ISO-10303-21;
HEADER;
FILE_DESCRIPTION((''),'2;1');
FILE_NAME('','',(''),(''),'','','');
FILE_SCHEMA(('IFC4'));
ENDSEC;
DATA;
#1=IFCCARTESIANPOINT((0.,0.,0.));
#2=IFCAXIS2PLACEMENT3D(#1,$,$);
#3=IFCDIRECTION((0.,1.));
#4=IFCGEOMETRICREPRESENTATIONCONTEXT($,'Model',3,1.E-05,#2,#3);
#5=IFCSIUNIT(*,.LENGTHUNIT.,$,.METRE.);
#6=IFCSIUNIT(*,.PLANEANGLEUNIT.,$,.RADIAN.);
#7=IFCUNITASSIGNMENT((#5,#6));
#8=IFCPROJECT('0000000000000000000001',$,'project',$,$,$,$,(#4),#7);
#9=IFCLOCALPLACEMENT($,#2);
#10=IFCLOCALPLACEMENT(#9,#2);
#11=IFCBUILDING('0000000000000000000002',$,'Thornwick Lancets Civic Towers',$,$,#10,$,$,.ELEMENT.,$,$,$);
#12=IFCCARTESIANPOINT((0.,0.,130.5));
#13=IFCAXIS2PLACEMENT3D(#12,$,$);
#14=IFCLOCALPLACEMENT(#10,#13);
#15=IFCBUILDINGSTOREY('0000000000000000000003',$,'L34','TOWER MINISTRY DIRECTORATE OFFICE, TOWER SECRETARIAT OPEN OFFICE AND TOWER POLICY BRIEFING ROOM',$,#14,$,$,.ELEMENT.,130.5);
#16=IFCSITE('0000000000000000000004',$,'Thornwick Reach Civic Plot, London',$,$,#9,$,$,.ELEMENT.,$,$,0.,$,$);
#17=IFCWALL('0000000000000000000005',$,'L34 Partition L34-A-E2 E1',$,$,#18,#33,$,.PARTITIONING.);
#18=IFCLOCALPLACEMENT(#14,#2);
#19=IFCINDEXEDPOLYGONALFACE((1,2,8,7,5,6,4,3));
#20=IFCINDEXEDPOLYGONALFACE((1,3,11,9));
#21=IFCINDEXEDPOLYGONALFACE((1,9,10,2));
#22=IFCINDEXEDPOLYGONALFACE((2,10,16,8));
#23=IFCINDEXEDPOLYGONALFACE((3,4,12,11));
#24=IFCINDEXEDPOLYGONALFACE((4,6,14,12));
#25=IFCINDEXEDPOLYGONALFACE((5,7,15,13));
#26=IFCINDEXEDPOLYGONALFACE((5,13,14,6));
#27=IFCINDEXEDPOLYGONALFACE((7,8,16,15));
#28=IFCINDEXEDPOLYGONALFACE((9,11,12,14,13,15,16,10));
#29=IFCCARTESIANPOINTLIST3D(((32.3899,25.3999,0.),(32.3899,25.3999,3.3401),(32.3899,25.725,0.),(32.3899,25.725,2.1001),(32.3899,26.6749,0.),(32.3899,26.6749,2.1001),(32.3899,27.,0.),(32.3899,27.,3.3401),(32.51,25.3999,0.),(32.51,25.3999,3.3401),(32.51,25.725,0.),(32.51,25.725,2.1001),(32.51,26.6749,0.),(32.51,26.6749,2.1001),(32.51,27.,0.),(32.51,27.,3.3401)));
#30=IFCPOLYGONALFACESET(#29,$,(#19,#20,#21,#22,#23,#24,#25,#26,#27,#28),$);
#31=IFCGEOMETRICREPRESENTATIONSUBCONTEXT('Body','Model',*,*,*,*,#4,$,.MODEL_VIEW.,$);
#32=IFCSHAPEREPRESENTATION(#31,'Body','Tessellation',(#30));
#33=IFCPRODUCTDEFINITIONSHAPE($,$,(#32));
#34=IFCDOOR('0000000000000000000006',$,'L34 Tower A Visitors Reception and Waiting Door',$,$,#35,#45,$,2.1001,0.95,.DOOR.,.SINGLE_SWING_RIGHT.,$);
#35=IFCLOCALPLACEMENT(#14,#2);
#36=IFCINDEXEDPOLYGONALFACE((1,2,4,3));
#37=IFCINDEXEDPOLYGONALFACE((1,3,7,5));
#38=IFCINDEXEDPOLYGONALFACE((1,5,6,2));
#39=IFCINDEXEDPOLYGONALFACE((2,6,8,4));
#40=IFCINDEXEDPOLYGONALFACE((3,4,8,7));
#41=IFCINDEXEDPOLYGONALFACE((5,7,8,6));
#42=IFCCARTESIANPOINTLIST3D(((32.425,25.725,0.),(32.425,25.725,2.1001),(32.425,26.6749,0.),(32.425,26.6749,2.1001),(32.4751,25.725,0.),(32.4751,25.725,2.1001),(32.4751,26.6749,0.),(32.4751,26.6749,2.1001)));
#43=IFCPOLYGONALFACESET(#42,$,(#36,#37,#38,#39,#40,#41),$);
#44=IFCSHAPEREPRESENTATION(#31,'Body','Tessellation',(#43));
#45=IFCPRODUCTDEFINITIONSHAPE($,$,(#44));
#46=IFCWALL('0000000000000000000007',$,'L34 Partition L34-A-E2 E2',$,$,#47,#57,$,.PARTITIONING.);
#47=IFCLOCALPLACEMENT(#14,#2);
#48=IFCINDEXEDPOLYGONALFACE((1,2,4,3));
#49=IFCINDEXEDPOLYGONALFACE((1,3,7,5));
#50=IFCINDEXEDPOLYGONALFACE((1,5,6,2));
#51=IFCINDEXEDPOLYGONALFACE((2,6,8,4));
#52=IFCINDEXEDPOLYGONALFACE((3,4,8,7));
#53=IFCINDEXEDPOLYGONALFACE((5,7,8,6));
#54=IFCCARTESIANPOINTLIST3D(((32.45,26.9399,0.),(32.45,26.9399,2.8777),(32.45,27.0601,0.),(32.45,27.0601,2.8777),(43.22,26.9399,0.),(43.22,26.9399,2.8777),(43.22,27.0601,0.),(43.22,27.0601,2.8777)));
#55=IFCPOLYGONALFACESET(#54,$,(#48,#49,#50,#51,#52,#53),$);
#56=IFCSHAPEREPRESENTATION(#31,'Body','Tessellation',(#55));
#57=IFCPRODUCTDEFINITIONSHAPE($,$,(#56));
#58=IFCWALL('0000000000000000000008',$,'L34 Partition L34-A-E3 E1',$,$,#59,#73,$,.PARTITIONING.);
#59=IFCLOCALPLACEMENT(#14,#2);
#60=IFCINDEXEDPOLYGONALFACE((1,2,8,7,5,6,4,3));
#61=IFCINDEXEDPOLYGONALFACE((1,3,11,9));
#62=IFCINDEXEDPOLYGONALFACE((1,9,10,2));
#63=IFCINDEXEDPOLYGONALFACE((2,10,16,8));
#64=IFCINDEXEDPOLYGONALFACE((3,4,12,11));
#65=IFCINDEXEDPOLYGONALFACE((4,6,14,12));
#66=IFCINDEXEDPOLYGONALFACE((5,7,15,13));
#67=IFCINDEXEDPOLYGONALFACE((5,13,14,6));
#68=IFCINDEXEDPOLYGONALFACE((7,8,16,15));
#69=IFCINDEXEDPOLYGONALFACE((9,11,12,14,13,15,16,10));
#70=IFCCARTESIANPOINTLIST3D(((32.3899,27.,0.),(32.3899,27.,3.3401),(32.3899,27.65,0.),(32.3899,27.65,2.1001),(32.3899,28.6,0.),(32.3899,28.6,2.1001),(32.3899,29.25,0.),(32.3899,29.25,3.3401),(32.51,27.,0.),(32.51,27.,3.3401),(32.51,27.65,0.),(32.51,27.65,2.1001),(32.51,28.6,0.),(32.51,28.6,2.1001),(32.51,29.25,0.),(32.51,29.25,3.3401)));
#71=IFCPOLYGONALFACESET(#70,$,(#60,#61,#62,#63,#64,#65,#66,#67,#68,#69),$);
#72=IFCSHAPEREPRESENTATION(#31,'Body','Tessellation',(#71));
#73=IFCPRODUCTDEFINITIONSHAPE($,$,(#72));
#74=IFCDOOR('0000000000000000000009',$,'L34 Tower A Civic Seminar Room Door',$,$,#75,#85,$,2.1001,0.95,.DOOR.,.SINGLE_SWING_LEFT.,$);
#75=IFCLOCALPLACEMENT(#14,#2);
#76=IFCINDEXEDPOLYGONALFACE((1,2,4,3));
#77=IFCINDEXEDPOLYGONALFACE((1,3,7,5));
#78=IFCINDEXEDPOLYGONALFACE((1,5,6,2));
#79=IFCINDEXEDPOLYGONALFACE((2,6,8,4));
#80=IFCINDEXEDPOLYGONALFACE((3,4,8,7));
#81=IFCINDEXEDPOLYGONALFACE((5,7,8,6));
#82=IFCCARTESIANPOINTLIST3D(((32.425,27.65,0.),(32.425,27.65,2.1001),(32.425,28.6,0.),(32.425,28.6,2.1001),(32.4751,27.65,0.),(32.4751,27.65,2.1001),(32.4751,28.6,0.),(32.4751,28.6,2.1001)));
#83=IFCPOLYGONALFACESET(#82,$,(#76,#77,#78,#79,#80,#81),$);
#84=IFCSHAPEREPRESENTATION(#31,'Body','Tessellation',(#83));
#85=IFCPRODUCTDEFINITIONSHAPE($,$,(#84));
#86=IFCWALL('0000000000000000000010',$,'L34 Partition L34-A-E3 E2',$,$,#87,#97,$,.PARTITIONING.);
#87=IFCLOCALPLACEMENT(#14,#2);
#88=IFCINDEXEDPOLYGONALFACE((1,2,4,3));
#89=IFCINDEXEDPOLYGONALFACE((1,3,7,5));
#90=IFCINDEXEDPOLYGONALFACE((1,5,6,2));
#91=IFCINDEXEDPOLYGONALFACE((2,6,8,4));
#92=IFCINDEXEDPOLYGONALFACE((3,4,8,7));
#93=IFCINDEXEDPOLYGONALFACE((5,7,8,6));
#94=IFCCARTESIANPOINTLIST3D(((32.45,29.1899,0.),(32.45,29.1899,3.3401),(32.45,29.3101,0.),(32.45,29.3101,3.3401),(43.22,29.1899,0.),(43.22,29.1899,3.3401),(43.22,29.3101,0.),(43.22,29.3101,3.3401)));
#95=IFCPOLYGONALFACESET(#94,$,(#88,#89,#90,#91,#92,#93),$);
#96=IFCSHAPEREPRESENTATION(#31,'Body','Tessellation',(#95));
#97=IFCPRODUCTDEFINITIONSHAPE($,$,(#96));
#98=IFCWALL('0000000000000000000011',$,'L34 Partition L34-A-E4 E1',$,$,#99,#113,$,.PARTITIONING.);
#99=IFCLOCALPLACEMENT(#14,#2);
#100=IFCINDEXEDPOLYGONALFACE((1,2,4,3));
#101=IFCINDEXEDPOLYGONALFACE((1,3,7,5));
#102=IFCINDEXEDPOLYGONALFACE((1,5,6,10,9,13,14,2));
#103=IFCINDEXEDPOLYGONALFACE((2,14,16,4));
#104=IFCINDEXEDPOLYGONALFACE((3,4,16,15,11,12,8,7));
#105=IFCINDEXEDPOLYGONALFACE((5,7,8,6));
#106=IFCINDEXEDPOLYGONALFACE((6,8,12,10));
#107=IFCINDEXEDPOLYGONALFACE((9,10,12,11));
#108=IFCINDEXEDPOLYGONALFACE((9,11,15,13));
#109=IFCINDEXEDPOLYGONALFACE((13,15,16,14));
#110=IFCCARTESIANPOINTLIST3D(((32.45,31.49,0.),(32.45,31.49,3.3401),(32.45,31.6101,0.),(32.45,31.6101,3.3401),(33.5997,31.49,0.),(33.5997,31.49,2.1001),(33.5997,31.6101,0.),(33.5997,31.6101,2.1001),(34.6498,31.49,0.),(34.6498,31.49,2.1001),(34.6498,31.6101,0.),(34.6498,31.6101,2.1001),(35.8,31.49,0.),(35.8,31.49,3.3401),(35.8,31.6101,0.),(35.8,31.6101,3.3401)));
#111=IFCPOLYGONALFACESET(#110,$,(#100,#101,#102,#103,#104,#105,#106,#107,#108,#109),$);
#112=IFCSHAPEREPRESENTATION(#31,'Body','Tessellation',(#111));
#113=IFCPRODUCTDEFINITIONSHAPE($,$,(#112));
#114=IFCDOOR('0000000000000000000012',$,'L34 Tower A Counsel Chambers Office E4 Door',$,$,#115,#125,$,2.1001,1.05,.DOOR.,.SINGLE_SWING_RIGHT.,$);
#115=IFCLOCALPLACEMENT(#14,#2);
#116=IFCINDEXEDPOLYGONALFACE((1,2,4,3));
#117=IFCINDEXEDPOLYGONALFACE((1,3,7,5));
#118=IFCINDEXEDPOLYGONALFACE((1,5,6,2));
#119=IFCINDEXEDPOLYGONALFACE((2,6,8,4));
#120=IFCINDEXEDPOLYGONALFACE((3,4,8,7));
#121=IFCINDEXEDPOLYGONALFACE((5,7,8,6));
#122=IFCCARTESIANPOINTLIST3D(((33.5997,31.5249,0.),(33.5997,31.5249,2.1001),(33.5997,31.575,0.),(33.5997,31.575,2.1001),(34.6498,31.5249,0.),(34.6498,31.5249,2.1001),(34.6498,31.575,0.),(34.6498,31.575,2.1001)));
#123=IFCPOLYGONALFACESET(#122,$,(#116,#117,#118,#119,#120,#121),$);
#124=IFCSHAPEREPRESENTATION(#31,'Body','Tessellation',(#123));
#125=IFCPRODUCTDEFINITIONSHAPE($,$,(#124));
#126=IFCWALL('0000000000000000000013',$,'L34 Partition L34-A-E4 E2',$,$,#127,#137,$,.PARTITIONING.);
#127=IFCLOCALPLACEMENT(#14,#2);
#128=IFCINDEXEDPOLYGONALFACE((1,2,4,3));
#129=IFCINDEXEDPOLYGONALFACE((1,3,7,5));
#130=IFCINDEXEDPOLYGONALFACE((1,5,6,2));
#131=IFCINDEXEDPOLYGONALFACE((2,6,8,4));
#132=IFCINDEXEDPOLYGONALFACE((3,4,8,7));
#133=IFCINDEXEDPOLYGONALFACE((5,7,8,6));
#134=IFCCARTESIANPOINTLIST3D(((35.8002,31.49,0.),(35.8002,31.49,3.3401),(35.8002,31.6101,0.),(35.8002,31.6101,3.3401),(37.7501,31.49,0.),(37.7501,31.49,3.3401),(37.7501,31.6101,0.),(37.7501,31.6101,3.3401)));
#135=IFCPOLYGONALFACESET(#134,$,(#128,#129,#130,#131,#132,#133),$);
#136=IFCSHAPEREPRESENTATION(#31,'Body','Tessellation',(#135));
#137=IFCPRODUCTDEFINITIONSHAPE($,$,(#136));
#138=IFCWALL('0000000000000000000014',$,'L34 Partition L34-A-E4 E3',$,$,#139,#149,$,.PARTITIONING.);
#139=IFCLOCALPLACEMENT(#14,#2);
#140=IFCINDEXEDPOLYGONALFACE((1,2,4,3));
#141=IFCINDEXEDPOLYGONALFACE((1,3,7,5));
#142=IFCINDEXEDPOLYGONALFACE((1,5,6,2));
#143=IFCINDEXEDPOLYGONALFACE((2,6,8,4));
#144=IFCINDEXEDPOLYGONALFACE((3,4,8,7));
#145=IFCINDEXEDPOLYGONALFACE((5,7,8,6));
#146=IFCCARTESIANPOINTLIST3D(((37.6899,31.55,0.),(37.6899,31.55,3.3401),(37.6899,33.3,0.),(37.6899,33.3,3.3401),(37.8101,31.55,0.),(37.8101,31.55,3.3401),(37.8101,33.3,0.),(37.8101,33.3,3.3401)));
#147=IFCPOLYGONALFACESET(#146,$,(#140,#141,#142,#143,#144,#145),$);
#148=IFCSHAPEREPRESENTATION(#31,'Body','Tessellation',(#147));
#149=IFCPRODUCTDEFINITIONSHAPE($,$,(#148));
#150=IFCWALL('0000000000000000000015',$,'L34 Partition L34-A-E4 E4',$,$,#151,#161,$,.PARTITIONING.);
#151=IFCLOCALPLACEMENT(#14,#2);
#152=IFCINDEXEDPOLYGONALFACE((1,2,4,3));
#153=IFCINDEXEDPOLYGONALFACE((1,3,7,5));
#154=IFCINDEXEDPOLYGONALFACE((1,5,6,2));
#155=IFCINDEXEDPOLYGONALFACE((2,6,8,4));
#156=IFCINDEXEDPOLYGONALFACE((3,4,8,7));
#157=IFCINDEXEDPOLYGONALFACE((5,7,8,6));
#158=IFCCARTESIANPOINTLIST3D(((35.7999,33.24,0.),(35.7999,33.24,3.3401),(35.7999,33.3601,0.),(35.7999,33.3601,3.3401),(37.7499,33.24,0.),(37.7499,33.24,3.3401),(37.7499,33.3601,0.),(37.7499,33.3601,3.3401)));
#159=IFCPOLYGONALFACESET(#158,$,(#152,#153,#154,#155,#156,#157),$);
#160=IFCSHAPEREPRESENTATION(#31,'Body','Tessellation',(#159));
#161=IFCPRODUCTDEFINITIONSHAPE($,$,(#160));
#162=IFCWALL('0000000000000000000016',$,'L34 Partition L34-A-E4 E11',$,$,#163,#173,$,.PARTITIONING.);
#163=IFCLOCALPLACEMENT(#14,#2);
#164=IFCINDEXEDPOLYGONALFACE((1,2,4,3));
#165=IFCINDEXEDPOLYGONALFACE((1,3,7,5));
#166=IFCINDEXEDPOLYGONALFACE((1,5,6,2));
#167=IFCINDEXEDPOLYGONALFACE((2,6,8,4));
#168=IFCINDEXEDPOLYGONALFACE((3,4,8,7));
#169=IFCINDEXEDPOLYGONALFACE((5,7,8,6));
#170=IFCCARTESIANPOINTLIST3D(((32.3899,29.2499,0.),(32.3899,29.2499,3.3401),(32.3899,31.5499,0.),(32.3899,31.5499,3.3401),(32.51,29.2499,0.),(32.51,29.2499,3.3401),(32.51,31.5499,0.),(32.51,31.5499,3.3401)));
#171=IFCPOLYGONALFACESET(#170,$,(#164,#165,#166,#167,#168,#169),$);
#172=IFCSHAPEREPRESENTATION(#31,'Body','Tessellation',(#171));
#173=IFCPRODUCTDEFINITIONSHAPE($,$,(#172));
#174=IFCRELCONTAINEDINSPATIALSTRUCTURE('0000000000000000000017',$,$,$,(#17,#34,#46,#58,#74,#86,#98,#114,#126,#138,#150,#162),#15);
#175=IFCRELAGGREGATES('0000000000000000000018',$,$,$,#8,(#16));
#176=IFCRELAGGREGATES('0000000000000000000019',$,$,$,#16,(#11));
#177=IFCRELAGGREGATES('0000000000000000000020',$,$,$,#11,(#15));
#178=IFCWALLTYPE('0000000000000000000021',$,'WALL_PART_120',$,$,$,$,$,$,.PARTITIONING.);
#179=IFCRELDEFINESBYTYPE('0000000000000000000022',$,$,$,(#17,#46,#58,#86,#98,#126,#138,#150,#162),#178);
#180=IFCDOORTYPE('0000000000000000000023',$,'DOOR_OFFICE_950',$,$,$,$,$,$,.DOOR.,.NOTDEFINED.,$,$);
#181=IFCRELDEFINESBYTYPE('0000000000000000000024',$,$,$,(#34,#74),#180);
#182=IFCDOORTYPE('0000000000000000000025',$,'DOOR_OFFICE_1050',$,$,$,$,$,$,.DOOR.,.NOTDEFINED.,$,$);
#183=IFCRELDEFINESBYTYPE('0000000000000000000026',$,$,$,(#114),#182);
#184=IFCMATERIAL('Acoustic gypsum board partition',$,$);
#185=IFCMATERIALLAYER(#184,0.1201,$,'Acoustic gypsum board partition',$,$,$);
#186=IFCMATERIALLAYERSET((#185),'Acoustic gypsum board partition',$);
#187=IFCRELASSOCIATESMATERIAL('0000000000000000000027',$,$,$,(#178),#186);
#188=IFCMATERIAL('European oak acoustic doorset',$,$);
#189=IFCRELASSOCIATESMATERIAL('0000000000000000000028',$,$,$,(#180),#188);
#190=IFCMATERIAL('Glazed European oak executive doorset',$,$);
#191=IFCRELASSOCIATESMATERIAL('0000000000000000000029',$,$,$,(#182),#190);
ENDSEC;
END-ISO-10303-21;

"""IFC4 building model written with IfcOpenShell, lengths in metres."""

from ifc_helpers import new_model, si_unit, direction, frame, frame_2d, origin, place, context, subcontext, project, spatial, rectangle, extrude, material, layer, layer_set, type_object, element, fill, save


model = new_model("IFC4")

# Units and contexts
model_context = context("Model", 3, precision=1e-05, world=origin(), true_north=direction((0.0, 1.0)))
body_context = subcontext(model_context, "Body", "Model", "MODEL_VIEW")
ifc_project = project(units=[si_unit("LENGTHUNIT", "METRE"), si_unit("PLANEANGLEUNIT", "RADIAN")], contexts=[model_context])

# Site, building, storey
site_placement = place(None, origin())
site = spatial("IfcSite", under=ifc_project, at=site_placement, Name="Thornwick Reach Civic Plot, London", CompositionType="ELEMENT", RefElevation=0.0)
building_placement = place(site_placement, origin())
building = spatial("IfcBuilding", under=site, at=building_placement, Name="Thornwick Lancets Civic Towers", CompositionType="ELEMENT")
storey_placement = place(building_placement, frame((0.0, 0.0, 130.5)))
storey = spatial("IfcBuildingStorey", under=building, at=storey_placement, Name="L34", Description="TOWER MINISTRY DIRECTORATE OFFICE, TOWER SECRETARIAT OPEN OFFICE AND TOWER POLICY BRIEFING ROOM", CompositionType="ELEMENT", Elevation=130.5)

# Wall, opening, door
ifc_material_1 = material(Name="Acoustic gypsum board partition")
ifc_layer_1 = layer(ifc_material_1, 0.1201, Name="Acoustic gypsum board partition")
ifc_layer_set_1 = layer_set([ifc_layer_1], Name="Acoustic gypsum board partition")
wall_type_1 = type_object("IfcWallType", Name="WALL_PART_120", PredefinedType="PARTITIONING", material=ifc_layer_set_1)
wall_1_placement = place(storey_placement, frame((32.45, 25.3999, 0.0), z_axis=(0.0, 0.0, 1.0), x_axis=(0.0, 1.0, 0.0)))
wall_1 = element("IfcWall", 1, at=wall_1_placement, inside=storey, type_object=wall_type_1, Name="L34 Partition L34-A-E2 E1", PredefinedType="PARTITIONING", context=body_context, shape_type="SweptSolid", body=[
    extrude(rectangle(XDim=1.6001, YDim=0.1201, at=frame_2d((0.8, 0.0))), origin(), (0.0, 0.0, 1.0), 3.3401),
])
opening_1_placement = place(wall_1_placement, frame((0.325, 0.0, 0.0)))
opening_1 = element("IfcOpeningElement", 2, at=opening_1_placement, cuts=wall_1, PredefinedType="OPENING", context=body_context, shape_type="SweptSolid", body=[
    extrude(rectangle(XDim=0.95, YDim=2.1001, at=frame_2d((0.4751, 1.05))), frame((0.0, 0.0701, 0.0), z_axis=(0.0, -1.0, 0.0), x_axis=(1.0, 0.0, 0.0)), (0.0, 0.0, 1.0), 0.1401),
])
ifc_material_2 = material(Name="European oak acoustic doorset")
door_type_1 = type_object("IfcDoorType", Name="DOOR_OFFICE_950", OperationType="NOTDEFINED", PredefinedType="DOOR", material=ifc_material_2)
door_1_placement = place(opening_1_placement, origin())
door_1 = element("IfcDoor", 3, at=door_1_placement, inside=storey, type_object=door_type_1, Name="L34 Tower A Visitors Reception and Waiting Door", OperationType="SINGLE_SWING_RIGHT", OverallHeight=2.1001, OverallWidth=0.95, PredefinedType="DOOR", context=body_context, shape_type="SweptSolid", body=[
    extrude(rectangle(XDim=0.95, YDim=2.1001, at=frame_2d((0.4751, 1.05))), frame((0.0, 0.0249, 0.0), z_axis=(0.0, -1.0, 0.0), x_axis=(1.0, 0.0, 0.0)), (0.0, 0.0, 1.0), 0.05),
])
fill(opening_1, door_1)

# Wall
wall_2_placement = place(storey_placement, frame((32.45, 27.0, 0.0), z_axis=(0.0, 0.0, 1.0), x_axis=(1.0, 0.0, 0.0)))
element("IfcWall", 4, at=wall_2_placement, inside=storey, type_object=wall_type_1, Name="L34 Partition L34-A-E2 E2", PredefinedType="PARTITIONING", context=body_context, shape_type="SweptSolid", body=[
    extrude(rectangle(XDim=10.77, YDim=0.1201, at=frame_2d((5.385, 0.0))), origin(), (0.0, 0.0, 1.0), 2.8777),
])

# Wall, opening, door
wall_3_placement = place(storey_placement, frame((32.45, 27.0, 0.0), z_axis=(0.0, 0.0, 1.0), x_axis=(0.0, 1.0, 0.0)))
wall_3 = element("IfcWall", 5, at=wall_3_placement, inside=storey, type_object=wall_type_1, Name="L34 Partition L34-A-E3 E1", PredefinedType="PARTITIONING", context=body_context, shape_type="SweptSolid", body=[
    extrude(rectangle(XDim=2.25, YDim=0.1201, at=frame_2d((1.125, 0.0))), origin(), (0.0, 0.0, 1.0), 3.3401),
])
opening_2_placement = place(wall_3_placement, frame((0.6499, 0.0, 0.0)))
opening_2 = element("IfcOpeningElement", 6, at=opening_2_placement, cuts=wall_3, PredefinedType="OPENING", context=body_context, shape_type="SweptSolid", body=[
    extrude(rectangle(XDim=0.95, YDim=2.1001, at=frame_2d((0.4751, 1.05))), frame((0.0, 0.0701, 0.0), z_axis=(0.0, -1.0, 0.0), x_axis=(1.0, 0.0, 0.0)), (0.0, 0.0, 1.0), 0.1401),
])
door_2_placement = place(opening_2_placement, origin())
door_2 = element("IfcDoor", 7, at=door_2_placement, inside=storey, type_object=door_type_1, Name="L34 Tower A Civic Seminar Room Door", OperationType="SINGLE_SWING_LEFT", OverallHeight=2.1001, OverallWidth=0.95, PredefinedType="DOOR", context=body_context, shape_type="SweptSolid", body=[
    extrude(rectangle(XDim=0.95, YDim=2.1001, at=frame_2d((0.4751, 1.05))), frame((0.0, 0.0249, 0.0), z_axis=(0.0, -1.0, 0.0), x_axis=(1.0, 0.0, 0.0)), (0.0, 0.0, 1.0), 0.05),
])
fill(opening_2, door_2)

# Wall
wall_4_placement = place(storey_placement, frame((32.45, 29.25, 0.0), z_axis=(0.0, 0.0, 1.0), x_axis=(1.0, 0.0, 0.0)))
element("IfcWall", 8, at=wall_4_placement, inside=storey, type_object=wall_type_1, Name="L34 Partition L34-A-E3 E2", PredefinedType="PARTITIONING", context=body_context, shape_type="SweptSolid", body=[
    extrude(rectangle(XDim=10.77, YDim=0.1201, at=frame_2d((5.385, 0.0))), origin(), (0.0, 0.0, 1.0), 3.3401),
])

# Wall, opening, door
wall_5_placement = place(storey_placement, frame((32.45, 31.55, 0.0), z_axis=(0.0, 0.0, 1.0), x_axis=(1.0, 0.0, 0.0)))
wall_5 = element("IfcWall", 9, at=wall_5_placement, inside=storey, type_object=wall_type_1, Name="L34 Partition L34-A-E4 E1", PredefinedType="PARTITIONING", context=body_context, shape_type="SweptSolid", body=[
    extrude(rectangle(XDim=3.3501, YDim=0.1201, at=frame_2d((1.675, 0.0))), origin(), (0.0, 0.0, 1.0), 3.3401),
])
opening_3_placement = place(wall_5_placement, frame((1.1499, 0.0, 0.0)))
opening_3 = element("IfcOpeningElement", 10, at=opening_3_placement, cuts=wall_5, PredefinedType="OPENING", context=body_context, shape_type="SweptSolid", body=[
    extrude(rectangle(XDim=1.05, YDim=2.1001, at=frame_2d((0.5249, 1.05))), frame((0.0, 0.0701, 0.0), z_axis=(0.0, -1.0, 0.0), x_axis=(1.0, 0.0, 0.0)), (0.0, 0.0, 1.0), 0.1401),
])
ifc_material_3 = material(Name="Glazed European oak executive doorset")
door_type_2 = type_object("IfcDoorType", Name="DOOR_OFFICE_1050", OperationType="NOTDEFINED", PredefinedType="DOOR", material=ifc_material_3)
door_3_placement = place(opening_3_placement, origin())
door_3 = element("IfcDoor", 11, at=door_3_placement, inside=storey, type_object=door_type_2, Name="L34 Tower A Counsel Chambers Office E4 Door", OperationType="SINGLE_SWING_RIGHT", OverallHeight=2.1001, OverallWidth=1.05, PredefinedType="DOOR", context=body_context, shape_type="SweptSolid", body=[
    extrude(rectangle(XDim=1.05, YDim=2.1001, at=frame_2d((0.5249, 1.05))), frame((0.0, 0.0249, 0.0), z_axis=(0.0, -1.0, 0.0), x_axis=(1.0, 0.0, 0.0)), (0.0, 0.0, 1.0), 0.05),
])
fill(opening_3, door_3)

# Walls
wall_6_placement = place(storey_placement, frame((35.8, 31.55, 0.0), z_axis=(0.0, 0.0, 1.0), x_axis=(1.0, 0.0, 0.0)))
element("IfcWall", 12, at=wall_6_placement, inside=storey, type_object=wall_type_1, Name="L34 Partition L34-A-E4 E2", PredefinedType="PARTITIONING", context=body_context, shape_type="SweptSolid", body=[
    extrude(rectangle(XDim=1.95, YDim=0.1201, at=frame_2d((0.9751, 0.0))), origin(), (0.0, 0.0, 1.0), 3.3401),
])
wall_7_placement = place(storey_placement, frame((37.75, 31.55, 0.0), z_axis=(0.0, 0.0, 1.0), x_axis=(0.0, 1.0, 0.0)))
element("IfcWall", 13, at=wall_7_placement, inside=storey, type_object=wall_type_1, Name="L34 Partition L34-A-E4 E3", PredefinedType="PARTITIONING", context=body_context, shape_type="SweptSolid", body=[
    extrude(rectangle(XDim=1.75, YDim=0.1201, at=frame_2d((0.875, 0.0))), origin(), (0.0, 0.0, 1.0), 3.3401),
])
wall_8_placement = place(storey_placement, frame((37.75, 33.3, 0.0), z_axis=(0.0, 0.0, 1.0), x_axis=(-1.0, 0.0, 0.0)))
element("IfcWall", 14, at=wall_8_placement, inside=storey, type_object=wall_type_1, Name="L34 Partition L34-A-E4 E4", PredefinedType="PARTITIONING", context=body_context, shape_type="SweptSolid", body=[
    extrude(rectangle(XDim=1.95, YDim=0.1201, at=frame_2d((0.9751, 0.0))), origin(), (0.0, 0.0, 1.0), 3.3401),
])
wall_9_placement = place(storey_placement, frame((32.45, 29.25, 0.0), z_axis=(0.0, 0.0, 1.0), x_axis=(0.0, 1.0, 0.0)))
element("IfcWall", 15, at=wall_9_placement, inside=storey, type_object=wall_type_1, Name="L34 Partition L34-A-E4 E11", PredefinedType="PARTITIONING", context=body_context, shape_type="SweptSolid", body=[
    extrude(rectangle(XDim=2.3, YDim=0.1201, at=frame_2d((1.1499, 0.0))), origin(), (0.0, 0.0, 1.0), 3.3401),
])

save(model, "model.ifc")
